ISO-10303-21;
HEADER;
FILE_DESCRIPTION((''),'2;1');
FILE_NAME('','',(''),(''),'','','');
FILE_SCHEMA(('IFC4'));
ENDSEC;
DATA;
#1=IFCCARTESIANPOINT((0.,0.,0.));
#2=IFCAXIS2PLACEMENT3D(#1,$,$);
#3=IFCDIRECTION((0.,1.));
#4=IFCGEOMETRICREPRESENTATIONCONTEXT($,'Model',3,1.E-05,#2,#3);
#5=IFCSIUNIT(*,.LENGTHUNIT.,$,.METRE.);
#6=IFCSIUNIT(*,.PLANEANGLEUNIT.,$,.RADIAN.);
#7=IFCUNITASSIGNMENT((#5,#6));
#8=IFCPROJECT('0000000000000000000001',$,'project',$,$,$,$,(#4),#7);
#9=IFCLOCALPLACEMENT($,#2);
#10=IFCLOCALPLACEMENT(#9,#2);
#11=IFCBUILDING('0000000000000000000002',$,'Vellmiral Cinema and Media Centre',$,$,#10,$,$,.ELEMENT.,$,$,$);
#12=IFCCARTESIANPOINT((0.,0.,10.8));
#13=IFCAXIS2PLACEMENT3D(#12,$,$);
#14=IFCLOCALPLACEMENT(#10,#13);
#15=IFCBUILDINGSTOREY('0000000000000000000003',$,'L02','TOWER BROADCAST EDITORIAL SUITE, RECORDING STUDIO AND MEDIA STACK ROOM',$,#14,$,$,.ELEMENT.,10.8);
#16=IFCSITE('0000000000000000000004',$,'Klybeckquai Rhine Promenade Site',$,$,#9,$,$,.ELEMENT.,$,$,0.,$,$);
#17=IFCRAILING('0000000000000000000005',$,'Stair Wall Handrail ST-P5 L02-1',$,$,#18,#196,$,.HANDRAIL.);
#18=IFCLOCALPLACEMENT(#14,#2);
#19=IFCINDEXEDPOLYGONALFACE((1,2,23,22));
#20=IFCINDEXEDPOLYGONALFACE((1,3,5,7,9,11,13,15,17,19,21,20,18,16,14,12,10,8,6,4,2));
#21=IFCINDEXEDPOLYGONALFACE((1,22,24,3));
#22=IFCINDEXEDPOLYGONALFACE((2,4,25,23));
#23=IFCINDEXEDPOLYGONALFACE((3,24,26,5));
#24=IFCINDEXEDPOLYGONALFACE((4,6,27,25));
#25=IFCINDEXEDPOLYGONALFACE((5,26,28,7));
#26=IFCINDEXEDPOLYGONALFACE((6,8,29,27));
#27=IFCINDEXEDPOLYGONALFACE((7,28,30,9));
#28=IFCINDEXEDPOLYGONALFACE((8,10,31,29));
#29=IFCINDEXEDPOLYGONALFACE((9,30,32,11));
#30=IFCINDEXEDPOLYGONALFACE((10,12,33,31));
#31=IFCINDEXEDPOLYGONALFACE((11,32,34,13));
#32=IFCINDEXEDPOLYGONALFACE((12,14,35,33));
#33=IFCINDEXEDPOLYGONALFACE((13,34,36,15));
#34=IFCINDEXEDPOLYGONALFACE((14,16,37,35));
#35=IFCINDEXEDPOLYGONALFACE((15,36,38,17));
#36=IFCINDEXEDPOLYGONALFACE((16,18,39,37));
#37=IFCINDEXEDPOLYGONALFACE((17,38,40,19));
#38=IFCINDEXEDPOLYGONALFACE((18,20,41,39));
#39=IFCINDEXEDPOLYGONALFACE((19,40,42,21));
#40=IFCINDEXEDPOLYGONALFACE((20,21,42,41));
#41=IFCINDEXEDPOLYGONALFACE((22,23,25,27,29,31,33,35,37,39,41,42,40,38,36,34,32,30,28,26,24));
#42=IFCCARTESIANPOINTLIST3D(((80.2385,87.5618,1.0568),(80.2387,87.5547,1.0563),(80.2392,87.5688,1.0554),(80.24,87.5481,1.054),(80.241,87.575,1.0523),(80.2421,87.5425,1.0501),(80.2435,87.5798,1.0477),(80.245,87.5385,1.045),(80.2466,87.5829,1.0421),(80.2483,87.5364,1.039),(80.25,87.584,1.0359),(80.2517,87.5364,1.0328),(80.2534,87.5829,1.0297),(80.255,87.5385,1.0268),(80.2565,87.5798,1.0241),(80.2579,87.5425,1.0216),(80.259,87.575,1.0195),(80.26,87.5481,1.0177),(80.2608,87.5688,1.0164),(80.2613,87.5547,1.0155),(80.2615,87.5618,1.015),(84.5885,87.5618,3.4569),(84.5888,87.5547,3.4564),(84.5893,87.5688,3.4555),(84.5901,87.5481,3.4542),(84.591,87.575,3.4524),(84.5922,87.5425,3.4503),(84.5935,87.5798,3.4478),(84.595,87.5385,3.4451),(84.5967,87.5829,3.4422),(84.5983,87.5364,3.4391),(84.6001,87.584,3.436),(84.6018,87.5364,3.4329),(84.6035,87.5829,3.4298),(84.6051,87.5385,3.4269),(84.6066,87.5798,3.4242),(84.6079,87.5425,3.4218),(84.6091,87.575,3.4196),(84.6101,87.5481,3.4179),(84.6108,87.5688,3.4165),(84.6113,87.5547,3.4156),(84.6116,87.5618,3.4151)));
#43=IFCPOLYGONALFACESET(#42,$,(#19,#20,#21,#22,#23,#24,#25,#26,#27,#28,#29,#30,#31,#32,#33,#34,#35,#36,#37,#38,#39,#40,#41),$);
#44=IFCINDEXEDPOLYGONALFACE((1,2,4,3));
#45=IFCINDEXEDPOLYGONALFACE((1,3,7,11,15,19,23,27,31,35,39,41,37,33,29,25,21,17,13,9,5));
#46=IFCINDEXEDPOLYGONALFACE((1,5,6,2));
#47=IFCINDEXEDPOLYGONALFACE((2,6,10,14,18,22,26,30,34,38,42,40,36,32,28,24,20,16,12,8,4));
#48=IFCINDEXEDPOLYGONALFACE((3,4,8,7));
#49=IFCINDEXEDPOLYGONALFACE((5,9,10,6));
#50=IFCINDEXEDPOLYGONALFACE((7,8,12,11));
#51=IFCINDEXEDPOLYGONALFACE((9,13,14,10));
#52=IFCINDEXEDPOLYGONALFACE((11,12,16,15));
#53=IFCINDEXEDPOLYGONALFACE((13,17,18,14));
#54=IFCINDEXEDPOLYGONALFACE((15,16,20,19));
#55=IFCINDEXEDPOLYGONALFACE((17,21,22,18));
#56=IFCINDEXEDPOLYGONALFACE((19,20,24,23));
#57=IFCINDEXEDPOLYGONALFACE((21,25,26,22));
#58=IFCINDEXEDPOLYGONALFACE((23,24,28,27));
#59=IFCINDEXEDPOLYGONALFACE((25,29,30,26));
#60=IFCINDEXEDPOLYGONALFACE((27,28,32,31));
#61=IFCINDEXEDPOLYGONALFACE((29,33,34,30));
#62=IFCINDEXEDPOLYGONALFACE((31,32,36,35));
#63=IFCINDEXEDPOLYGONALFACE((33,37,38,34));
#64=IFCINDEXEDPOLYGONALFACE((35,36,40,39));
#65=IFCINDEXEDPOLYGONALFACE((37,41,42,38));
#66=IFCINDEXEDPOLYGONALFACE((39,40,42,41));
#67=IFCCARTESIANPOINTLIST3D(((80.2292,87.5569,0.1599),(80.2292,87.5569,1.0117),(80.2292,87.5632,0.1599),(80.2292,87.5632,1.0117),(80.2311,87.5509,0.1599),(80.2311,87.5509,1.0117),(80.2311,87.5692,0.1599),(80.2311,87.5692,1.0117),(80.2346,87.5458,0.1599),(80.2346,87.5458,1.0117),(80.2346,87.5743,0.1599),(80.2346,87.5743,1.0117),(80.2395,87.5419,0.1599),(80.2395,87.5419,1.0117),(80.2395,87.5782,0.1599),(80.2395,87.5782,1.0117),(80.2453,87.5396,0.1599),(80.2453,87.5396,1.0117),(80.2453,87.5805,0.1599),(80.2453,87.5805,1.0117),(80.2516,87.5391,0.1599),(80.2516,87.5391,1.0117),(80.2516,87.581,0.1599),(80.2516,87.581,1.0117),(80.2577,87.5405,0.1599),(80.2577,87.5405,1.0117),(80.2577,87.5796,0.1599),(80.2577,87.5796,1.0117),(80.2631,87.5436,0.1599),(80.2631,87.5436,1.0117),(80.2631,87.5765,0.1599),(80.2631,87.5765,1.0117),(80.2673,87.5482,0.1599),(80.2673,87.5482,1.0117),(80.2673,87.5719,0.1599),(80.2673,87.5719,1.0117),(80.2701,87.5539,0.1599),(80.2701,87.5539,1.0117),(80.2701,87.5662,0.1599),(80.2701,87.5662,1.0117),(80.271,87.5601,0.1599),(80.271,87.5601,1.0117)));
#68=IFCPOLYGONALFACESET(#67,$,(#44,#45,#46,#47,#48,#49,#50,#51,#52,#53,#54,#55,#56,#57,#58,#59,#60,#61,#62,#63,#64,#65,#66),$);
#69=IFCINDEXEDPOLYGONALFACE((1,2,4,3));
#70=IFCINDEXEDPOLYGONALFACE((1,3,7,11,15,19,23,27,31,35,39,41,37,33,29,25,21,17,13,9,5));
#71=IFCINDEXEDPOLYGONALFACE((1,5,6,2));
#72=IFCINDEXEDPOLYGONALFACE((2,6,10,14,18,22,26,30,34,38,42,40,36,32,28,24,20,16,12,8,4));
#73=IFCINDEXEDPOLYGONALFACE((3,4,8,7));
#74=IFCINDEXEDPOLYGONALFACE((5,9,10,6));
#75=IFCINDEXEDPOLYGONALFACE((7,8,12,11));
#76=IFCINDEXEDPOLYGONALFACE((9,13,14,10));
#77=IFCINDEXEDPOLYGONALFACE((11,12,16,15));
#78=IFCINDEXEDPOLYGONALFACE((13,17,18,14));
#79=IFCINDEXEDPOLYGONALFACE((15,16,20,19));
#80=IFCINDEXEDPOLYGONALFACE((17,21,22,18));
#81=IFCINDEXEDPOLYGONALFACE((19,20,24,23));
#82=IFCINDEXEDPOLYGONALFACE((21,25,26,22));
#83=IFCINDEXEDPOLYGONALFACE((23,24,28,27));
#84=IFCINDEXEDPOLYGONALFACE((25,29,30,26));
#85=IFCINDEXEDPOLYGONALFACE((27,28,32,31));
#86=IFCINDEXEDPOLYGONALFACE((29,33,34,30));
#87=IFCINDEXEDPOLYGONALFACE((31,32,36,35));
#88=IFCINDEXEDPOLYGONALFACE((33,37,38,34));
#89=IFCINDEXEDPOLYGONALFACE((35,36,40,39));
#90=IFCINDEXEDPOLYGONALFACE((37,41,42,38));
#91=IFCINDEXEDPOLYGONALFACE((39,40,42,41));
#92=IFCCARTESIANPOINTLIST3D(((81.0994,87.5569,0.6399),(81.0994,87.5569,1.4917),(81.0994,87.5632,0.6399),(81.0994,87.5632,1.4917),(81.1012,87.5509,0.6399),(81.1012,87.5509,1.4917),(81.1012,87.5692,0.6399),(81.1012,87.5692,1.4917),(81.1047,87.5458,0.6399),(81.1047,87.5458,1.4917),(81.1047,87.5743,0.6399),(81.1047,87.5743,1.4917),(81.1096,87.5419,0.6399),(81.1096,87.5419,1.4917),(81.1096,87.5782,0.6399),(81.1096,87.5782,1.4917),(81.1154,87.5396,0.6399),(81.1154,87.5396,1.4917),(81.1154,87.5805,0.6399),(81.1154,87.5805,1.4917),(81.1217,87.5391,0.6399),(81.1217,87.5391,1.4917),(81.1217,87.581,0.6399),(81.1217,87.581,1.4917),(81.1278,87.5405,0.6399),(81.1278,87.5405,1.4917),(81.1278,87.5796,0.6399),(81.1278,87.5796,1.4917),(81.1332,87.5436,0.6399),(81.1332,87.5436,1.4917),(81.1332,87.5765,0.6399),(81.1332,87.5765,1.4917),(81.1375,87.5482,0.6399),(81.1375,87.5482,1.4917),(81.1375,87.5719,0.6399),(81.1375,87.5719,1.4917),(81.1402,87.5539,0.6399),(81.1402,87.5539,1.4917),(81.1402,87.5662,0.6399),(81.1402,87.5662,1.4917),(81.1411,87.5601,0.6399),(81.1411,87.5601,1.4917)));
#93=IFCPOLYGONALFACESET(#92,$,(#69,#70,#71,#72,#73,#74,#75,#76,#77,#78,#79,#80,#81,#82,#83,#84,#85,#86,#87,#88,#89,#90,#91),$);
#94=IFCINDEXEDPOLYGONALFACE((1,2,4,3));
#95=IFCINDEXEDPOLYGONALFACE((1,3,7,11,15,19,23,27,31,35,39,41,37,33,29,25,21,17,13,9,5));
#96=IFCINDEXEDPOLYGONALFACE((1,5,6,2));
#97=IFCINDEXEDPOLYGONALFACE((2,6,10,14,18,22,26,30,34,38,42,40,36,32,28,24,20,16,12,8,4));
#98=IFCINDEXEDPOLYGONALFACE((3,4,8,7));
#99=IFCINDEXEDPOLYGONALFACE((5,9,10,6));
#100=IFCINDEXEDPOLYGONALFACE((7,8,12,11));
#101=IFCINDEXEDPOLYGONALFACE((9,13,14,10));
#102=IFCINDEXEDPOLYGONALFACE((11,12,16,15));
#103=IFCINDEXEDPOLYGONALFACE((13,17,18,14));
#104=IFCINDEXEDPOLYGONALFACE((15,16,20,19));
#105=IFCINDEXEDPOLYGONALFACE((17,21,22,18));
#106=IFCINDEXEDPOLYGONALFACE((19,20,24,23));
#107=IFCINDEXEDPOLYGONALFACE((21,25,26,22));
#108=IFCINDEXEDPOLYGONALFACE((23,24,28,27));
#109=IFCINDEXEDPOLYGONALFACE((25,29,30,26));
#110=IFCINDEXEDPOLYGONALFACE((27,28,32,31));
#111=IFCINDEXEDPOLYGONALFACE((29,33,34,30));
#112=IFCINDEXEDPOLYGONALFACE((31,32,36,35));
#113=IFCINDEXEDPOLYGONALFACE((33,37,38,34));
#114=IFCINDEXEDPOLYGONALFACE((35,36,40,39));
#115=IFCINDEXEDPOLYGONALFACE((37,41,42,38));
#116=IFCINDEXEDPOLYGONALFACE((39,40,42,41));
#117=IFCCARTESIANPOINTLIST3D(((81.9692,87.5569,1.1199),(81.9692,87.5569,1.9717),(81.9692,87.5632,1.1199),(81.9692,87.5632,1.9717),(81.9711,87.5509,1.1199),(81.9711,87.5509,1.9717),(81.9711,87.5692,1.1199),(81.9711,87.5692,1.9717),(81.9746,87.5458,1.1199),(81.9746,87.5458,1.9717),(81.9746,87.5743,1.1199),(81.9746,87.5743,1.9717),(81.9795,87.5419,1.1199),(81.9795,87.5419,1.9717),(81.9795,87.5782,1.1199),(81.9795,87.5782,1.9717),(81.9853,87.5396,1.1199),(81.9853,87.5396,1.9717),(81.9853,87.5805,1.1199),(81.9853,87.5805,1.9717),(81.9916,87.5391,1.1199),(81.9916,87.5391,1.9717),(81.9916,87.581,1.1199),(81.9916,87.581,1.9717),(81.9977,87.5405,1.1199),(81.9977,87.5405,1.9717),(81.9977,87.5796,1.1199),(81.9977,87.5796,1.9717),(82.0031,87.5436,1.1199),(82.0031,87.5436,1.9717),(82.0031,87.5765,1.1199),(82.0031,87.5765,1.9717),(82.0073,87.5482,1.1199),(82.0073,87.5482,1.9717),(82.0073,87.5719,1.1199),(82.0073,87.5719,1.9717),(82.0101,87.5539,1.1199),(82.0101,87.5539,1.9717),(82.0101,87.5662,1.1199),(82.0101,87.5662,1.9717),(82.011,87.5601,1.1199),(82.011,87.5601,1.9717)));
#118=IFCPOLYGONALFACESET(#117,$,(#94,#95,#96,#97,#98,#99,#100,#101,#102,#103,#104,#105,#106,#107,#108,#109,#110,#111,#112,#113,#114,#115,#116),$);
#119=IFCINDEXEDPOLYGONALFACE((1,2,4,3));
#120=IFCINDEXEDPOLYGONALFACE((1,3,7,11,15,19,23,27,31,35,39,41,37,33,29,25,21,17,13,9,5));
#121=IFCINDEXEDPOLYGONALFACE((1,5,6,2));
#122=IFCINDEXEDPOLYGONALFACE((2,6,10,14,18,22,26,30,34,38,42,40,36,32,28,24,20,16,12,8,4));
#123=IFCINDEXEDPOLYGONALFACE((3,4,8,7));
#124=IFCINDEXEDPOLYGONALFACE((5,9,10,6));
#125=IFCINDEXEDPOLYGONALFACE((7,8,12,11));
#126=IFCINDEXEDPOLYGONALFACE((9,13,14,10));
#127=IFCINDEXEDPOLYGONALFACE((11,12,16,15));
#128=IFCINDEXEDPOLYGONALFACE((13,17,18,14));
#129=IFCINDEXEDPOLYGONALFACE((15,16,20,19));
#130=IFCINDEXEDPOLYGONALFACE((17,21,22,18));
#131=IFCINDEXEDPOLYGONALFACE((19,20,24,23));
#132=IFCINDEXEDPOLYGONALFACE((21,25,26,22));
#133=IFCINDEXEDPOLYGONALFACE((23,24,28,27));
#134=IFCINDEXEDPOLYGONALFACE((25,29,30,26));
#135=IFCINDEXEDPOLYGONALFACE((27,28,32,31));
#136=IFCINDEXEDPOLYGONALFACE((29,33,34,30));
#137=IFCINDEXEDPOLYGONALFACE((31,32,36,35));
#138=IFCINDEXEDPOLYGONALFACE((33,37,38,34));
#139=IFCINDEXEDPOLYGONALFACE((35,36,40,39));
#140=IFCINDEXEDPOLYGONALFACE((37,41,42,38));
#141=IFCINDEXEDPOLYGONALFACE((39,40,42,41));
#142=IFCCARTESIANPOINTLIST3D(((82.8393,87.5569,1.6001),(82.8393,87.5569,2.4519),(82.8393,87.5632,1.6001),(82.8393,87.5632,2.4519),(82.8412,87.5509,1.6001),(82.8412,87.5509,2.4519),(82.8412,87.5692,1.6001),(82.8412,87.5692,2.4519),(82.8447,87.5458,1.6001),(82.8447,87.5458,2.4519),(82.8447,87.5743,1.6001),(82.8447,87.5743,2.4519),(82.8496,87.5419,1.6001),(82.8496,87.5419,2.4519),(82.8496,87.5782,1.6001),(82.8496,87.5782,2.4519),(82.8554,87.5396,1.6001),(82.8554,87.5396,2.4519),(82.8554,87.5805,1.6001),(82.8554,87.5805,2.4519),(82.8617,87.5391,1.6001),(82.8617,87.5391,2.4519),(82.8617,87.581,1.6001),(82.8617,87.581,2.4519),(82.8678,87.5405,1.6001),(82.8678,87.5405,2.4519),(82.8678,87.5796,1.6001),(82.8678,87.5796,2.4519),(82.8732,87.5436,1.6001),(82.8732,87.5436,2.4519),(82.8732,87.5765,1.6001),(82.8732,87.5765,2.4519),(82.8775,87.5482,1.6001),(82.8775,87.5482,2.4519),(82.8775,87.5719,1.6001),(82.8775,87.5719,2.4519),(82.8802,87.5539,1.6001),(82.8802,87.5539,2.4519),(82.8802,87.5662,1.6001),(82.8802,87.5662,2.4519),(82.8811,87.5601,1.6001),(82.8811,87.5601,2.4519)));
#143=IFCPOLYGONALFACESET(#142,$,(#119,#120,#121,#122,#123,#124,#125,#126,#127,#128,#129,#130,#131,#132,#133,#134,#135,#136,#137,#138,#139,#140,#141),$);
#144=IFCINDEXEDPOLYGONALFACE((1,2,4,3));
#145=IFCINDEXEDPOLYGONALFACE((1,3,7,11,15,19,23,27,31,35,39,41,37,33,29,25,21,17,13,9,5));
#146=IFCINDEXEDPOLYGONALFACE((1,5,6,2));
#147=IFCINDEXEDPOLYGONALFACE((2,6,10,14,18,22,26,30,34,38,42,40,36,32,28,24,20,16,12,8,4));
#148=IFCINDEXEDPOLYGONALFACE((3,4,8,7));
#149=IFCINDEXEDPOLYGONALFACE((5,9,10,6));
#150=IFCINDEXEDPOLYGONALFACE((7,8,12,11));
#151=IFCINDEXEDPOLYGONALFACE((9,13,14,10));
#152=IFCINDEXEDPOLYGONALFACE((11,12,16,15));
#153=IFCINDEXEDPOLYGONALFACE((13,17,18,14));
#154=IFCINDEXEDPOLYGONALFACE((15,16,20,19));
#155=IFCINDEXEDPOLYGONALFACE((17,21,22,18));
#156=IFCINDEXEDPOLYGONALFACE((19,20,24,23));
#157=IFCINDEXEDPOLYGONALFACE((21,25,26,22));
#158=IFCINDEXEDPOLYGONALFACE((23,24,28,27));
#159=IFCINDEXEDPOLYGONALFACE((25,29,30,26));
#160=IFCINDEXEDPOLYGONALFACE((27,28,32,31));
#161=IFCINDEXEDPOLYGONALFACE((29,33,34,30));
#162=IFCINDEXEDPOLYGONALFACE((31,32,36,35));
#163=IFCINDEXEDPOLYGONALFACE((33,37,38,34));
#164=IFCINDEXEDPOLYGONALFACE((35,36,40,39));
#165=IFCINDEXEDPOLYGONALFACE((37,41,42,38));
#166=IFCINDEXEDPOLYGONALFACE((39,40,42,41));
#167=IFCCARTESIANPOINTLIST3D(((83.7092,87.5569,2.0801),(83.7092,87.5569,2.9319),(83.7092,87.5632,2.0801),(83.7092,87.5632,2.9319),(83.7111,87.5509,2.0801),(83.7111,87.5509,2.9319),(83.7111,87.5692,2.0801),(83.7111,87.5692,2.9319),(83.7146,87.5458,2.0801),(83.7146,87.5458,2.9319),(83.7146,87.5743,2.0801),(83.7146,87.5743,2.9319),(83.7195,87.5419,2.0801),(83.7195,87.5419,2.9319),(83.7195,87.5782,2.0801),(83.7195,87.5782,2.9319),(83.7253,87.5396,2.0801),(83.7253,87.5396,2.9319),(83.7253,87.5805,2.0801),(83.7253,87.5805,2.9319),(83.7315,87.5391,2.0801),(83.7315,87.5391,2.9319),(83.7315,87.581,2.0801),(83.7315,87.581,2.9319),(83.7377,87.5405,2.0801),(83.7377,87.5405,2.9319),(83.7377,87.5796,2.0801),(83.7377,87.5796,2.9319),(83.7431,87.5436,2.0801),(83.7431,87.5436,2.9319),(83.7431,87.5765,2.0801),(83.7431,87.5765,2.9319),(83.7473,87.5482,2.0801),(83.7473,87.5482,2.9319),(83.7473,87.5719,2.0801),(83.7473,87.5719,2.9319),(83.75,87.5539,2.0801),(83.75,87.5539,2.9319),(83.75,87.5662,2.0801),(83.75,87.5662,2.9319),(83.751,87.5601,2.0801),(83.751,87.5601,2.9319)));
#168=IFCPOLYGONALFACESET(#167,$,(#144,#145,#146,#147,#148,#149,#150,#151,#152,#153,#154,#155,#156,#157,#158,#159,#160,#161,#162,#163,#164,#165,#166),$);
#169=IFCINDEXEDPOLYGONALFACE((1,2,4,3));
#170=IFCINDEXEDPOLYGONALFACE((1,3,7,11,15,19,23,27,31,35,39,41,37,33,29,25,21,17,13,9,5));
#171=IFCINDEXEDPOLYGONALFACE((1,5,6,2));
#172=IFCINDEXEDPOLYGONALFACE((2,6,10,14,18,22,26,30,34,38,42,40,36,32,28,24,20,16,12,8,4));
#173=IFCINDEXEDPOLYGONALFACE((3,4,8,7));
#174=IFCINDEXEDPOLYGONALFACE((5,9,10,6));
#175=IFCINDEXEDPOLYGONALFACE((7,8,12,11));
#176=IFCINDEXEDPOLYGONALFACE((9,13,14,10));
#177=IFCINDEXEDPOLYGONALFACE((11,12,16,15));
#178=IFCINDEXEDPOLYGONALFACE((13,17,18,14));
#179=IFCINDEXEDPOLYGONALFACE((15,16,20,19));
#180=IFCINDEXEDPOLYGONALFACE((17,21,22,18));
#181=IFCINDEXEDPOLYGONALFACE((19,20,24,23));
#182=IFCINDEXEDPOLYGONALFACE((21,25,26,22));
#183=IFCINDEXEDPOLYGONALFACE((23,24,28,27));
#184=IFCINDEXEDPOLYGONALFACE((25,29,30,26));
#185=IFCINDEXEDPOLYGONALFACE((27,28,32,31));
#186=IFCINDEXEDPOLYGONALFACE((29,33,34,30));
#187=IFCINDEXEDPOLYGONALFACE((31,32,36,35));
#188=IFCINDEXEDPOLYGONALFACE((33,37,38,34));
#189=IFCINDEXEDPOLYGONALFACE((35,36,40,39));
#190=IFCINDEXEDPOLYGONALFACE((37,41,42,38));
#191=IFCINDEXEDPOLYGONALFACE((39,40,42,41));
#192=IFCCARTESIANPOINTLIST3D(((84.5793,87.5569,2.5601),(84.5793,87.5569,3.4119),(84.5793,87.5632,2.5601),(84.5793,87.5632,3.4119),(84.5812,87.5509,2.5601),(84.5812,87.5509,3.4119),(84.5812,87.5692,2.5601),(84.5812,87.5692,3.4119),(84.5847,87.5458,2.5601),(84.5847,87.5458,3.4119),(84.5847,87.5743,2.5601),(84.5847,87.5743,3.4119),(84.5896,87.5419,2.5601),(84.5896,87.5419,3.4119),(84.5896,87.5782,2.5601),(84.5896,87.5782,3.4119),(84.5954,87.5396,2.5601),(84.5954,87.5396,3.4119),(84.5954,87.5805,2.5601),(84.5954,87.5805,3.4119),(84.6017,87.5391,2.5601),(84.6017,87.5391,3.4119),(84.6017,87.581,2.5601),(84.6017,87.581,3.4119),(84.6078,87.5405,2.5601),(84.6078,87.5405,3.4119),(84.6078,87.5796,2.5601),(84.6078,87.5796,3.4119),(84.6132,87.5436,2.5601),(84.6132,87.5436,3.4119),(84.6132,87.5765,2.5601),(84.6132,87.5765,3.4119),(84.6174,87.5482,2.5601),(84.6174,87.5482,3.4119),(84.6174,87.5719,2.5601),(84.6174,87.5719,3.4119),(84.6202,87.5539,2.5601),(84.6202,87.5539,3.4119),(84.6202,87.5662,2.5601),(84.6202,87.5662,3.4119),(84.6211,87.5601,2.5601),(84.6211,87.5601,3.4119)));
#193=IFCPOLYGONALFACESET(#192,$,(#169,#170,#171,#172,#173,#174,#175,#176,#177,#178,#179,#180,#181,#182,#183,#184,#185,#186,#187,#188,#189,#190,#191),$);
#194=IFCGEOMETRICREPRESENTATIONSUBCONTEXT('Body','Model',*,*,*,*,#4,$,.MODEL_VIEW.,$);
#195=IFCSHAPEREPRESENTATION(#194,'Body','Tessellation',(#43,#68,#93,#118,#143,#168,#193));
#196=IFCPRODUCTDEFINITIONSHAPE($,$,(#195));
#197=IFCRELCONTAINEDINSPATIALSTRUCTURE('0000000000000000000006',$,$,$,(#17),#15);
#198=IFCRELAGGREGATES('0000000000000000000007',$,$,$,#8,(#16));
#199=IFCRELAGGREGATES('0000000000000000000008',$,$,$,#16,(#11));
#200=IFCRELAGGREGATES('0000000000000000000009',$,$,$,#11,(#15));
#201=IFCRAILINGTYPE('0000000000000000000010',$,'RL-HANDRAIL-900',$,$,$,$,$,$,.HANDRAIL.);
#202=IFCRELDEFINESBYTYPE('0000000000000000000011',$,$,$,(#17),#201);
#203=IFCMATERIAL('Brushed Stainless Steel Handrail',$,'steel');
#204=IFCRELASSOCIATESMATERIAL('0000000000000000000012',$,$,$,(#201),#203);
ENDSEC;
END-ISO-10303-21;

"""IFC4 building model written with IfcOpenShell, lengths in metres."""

from ifc_helpers import new_model, si_unit, direction, frame, origin, origin_2d, place, context, subcontext, project, spatial, circle, extrude, material, type_object, element, save


model = new_model("IFC4")

# Units and contexts
model_context = context("Model", 3, precision=1e-05, world=origin(), true_north=direction((0.0, 1.0)))
body_context = subcontext(model_context, "Body", "Model", "MODEL_VIEW")
ifc_project = project(units=[si_unit("LENGTHUNIT", "METRE"), si_unit("PLANEANGLEUNIT", "RADIAN")], contexts=[model_context])

# Site, building, storey
site_placement = place(None, origin())
site = spatial("IfcSite", under=ifc_project, at=site_placement, Name="Klybeckquai Rhine Promenade Site", CompositionType="ELEMENT", RefElevation=0.0)
building_placement = place(site_placement, origin())
building = spatial("IfcBuilding", under=site, at=building_placement, Name="Vellmiral Cinema and Media Centre", CompositionType="ELEMENT")
storey_placement = place(building_placement, frame((0.0, 0.0, 10.8)))
storey = spatial("IfcBuildingStorey", under=building, at=storey_placement, Name="L02", Description="TOWER BROADCAST EDITORIAL SUITE, RECORDING STUDIO AND MEDIA STACK ROOM", CompositionType="ELEMENT", Elevation=10.8)

# Railing
ifc_material_1 = material(Name="Brushed Stainless Steel Handrail", Category="steel")
railing_type_1 = type_object("IfcRailingType", Name="RL-HANDRAIL-900", PredefinedType="HANDRAIL", material=ifc_material_1)
railing_1_placement = place(storey_placement, frame((80.25, 87.5601, 0.1599)))
element("IfcRailing", 1, at=railing_1_placement, inside=storey, type_object=railing_type_1, Name="Stair Wall Handrail ST-P5 L02-1", PredefinedType="HANDRAIL", context=body_context, shape_type="SweptSolid", body=[
    extrude(circle(Radius=0.0239, at=origin_2d()), frame((0.0, 0.0, 0.876), z_axis=(0.87557, 0.0, 0.483092), x_axis=(0.0, 1.0, 0.0)), (0.0, 0.0, 1.0), 4.9683),
    extrude(circle(Radius=0.021, at=origin_2d()), origin(), (0.0, 0.0, 1.0), 0.8518),
    extrude(circle(Radius=0.021, at=origin_2d()), frame((0.8701, 0.0, 0.48)), (0.0, 0.0, 1.0), 0.8518),
    extrude(circle(Radius=0.021, at=origin_2d()), frame((1.74, 0.0, 0.96)), (0.0, 0.0, 1.0), 0.8518),
    extrude(circle(Radius=0.021, at=origin_2d()), frame((2.6101, 0.0, 1.4402)), (0.0, 0.0, 1.0), 0.8518),
    extrude(circle(Radius=0.021, at=origin_2d()), frame((3.48, 0.0, 1.9202)), (0.0, 0.0, 1.0), 0.8518),
    extrude(circle(Radius=0.021, at=origin_2d()), frame((4.3501, 0.0, 2.4001)), (0.0, 0.0, 1.0), 0.8518),
])

save(model, "model.ifc")
